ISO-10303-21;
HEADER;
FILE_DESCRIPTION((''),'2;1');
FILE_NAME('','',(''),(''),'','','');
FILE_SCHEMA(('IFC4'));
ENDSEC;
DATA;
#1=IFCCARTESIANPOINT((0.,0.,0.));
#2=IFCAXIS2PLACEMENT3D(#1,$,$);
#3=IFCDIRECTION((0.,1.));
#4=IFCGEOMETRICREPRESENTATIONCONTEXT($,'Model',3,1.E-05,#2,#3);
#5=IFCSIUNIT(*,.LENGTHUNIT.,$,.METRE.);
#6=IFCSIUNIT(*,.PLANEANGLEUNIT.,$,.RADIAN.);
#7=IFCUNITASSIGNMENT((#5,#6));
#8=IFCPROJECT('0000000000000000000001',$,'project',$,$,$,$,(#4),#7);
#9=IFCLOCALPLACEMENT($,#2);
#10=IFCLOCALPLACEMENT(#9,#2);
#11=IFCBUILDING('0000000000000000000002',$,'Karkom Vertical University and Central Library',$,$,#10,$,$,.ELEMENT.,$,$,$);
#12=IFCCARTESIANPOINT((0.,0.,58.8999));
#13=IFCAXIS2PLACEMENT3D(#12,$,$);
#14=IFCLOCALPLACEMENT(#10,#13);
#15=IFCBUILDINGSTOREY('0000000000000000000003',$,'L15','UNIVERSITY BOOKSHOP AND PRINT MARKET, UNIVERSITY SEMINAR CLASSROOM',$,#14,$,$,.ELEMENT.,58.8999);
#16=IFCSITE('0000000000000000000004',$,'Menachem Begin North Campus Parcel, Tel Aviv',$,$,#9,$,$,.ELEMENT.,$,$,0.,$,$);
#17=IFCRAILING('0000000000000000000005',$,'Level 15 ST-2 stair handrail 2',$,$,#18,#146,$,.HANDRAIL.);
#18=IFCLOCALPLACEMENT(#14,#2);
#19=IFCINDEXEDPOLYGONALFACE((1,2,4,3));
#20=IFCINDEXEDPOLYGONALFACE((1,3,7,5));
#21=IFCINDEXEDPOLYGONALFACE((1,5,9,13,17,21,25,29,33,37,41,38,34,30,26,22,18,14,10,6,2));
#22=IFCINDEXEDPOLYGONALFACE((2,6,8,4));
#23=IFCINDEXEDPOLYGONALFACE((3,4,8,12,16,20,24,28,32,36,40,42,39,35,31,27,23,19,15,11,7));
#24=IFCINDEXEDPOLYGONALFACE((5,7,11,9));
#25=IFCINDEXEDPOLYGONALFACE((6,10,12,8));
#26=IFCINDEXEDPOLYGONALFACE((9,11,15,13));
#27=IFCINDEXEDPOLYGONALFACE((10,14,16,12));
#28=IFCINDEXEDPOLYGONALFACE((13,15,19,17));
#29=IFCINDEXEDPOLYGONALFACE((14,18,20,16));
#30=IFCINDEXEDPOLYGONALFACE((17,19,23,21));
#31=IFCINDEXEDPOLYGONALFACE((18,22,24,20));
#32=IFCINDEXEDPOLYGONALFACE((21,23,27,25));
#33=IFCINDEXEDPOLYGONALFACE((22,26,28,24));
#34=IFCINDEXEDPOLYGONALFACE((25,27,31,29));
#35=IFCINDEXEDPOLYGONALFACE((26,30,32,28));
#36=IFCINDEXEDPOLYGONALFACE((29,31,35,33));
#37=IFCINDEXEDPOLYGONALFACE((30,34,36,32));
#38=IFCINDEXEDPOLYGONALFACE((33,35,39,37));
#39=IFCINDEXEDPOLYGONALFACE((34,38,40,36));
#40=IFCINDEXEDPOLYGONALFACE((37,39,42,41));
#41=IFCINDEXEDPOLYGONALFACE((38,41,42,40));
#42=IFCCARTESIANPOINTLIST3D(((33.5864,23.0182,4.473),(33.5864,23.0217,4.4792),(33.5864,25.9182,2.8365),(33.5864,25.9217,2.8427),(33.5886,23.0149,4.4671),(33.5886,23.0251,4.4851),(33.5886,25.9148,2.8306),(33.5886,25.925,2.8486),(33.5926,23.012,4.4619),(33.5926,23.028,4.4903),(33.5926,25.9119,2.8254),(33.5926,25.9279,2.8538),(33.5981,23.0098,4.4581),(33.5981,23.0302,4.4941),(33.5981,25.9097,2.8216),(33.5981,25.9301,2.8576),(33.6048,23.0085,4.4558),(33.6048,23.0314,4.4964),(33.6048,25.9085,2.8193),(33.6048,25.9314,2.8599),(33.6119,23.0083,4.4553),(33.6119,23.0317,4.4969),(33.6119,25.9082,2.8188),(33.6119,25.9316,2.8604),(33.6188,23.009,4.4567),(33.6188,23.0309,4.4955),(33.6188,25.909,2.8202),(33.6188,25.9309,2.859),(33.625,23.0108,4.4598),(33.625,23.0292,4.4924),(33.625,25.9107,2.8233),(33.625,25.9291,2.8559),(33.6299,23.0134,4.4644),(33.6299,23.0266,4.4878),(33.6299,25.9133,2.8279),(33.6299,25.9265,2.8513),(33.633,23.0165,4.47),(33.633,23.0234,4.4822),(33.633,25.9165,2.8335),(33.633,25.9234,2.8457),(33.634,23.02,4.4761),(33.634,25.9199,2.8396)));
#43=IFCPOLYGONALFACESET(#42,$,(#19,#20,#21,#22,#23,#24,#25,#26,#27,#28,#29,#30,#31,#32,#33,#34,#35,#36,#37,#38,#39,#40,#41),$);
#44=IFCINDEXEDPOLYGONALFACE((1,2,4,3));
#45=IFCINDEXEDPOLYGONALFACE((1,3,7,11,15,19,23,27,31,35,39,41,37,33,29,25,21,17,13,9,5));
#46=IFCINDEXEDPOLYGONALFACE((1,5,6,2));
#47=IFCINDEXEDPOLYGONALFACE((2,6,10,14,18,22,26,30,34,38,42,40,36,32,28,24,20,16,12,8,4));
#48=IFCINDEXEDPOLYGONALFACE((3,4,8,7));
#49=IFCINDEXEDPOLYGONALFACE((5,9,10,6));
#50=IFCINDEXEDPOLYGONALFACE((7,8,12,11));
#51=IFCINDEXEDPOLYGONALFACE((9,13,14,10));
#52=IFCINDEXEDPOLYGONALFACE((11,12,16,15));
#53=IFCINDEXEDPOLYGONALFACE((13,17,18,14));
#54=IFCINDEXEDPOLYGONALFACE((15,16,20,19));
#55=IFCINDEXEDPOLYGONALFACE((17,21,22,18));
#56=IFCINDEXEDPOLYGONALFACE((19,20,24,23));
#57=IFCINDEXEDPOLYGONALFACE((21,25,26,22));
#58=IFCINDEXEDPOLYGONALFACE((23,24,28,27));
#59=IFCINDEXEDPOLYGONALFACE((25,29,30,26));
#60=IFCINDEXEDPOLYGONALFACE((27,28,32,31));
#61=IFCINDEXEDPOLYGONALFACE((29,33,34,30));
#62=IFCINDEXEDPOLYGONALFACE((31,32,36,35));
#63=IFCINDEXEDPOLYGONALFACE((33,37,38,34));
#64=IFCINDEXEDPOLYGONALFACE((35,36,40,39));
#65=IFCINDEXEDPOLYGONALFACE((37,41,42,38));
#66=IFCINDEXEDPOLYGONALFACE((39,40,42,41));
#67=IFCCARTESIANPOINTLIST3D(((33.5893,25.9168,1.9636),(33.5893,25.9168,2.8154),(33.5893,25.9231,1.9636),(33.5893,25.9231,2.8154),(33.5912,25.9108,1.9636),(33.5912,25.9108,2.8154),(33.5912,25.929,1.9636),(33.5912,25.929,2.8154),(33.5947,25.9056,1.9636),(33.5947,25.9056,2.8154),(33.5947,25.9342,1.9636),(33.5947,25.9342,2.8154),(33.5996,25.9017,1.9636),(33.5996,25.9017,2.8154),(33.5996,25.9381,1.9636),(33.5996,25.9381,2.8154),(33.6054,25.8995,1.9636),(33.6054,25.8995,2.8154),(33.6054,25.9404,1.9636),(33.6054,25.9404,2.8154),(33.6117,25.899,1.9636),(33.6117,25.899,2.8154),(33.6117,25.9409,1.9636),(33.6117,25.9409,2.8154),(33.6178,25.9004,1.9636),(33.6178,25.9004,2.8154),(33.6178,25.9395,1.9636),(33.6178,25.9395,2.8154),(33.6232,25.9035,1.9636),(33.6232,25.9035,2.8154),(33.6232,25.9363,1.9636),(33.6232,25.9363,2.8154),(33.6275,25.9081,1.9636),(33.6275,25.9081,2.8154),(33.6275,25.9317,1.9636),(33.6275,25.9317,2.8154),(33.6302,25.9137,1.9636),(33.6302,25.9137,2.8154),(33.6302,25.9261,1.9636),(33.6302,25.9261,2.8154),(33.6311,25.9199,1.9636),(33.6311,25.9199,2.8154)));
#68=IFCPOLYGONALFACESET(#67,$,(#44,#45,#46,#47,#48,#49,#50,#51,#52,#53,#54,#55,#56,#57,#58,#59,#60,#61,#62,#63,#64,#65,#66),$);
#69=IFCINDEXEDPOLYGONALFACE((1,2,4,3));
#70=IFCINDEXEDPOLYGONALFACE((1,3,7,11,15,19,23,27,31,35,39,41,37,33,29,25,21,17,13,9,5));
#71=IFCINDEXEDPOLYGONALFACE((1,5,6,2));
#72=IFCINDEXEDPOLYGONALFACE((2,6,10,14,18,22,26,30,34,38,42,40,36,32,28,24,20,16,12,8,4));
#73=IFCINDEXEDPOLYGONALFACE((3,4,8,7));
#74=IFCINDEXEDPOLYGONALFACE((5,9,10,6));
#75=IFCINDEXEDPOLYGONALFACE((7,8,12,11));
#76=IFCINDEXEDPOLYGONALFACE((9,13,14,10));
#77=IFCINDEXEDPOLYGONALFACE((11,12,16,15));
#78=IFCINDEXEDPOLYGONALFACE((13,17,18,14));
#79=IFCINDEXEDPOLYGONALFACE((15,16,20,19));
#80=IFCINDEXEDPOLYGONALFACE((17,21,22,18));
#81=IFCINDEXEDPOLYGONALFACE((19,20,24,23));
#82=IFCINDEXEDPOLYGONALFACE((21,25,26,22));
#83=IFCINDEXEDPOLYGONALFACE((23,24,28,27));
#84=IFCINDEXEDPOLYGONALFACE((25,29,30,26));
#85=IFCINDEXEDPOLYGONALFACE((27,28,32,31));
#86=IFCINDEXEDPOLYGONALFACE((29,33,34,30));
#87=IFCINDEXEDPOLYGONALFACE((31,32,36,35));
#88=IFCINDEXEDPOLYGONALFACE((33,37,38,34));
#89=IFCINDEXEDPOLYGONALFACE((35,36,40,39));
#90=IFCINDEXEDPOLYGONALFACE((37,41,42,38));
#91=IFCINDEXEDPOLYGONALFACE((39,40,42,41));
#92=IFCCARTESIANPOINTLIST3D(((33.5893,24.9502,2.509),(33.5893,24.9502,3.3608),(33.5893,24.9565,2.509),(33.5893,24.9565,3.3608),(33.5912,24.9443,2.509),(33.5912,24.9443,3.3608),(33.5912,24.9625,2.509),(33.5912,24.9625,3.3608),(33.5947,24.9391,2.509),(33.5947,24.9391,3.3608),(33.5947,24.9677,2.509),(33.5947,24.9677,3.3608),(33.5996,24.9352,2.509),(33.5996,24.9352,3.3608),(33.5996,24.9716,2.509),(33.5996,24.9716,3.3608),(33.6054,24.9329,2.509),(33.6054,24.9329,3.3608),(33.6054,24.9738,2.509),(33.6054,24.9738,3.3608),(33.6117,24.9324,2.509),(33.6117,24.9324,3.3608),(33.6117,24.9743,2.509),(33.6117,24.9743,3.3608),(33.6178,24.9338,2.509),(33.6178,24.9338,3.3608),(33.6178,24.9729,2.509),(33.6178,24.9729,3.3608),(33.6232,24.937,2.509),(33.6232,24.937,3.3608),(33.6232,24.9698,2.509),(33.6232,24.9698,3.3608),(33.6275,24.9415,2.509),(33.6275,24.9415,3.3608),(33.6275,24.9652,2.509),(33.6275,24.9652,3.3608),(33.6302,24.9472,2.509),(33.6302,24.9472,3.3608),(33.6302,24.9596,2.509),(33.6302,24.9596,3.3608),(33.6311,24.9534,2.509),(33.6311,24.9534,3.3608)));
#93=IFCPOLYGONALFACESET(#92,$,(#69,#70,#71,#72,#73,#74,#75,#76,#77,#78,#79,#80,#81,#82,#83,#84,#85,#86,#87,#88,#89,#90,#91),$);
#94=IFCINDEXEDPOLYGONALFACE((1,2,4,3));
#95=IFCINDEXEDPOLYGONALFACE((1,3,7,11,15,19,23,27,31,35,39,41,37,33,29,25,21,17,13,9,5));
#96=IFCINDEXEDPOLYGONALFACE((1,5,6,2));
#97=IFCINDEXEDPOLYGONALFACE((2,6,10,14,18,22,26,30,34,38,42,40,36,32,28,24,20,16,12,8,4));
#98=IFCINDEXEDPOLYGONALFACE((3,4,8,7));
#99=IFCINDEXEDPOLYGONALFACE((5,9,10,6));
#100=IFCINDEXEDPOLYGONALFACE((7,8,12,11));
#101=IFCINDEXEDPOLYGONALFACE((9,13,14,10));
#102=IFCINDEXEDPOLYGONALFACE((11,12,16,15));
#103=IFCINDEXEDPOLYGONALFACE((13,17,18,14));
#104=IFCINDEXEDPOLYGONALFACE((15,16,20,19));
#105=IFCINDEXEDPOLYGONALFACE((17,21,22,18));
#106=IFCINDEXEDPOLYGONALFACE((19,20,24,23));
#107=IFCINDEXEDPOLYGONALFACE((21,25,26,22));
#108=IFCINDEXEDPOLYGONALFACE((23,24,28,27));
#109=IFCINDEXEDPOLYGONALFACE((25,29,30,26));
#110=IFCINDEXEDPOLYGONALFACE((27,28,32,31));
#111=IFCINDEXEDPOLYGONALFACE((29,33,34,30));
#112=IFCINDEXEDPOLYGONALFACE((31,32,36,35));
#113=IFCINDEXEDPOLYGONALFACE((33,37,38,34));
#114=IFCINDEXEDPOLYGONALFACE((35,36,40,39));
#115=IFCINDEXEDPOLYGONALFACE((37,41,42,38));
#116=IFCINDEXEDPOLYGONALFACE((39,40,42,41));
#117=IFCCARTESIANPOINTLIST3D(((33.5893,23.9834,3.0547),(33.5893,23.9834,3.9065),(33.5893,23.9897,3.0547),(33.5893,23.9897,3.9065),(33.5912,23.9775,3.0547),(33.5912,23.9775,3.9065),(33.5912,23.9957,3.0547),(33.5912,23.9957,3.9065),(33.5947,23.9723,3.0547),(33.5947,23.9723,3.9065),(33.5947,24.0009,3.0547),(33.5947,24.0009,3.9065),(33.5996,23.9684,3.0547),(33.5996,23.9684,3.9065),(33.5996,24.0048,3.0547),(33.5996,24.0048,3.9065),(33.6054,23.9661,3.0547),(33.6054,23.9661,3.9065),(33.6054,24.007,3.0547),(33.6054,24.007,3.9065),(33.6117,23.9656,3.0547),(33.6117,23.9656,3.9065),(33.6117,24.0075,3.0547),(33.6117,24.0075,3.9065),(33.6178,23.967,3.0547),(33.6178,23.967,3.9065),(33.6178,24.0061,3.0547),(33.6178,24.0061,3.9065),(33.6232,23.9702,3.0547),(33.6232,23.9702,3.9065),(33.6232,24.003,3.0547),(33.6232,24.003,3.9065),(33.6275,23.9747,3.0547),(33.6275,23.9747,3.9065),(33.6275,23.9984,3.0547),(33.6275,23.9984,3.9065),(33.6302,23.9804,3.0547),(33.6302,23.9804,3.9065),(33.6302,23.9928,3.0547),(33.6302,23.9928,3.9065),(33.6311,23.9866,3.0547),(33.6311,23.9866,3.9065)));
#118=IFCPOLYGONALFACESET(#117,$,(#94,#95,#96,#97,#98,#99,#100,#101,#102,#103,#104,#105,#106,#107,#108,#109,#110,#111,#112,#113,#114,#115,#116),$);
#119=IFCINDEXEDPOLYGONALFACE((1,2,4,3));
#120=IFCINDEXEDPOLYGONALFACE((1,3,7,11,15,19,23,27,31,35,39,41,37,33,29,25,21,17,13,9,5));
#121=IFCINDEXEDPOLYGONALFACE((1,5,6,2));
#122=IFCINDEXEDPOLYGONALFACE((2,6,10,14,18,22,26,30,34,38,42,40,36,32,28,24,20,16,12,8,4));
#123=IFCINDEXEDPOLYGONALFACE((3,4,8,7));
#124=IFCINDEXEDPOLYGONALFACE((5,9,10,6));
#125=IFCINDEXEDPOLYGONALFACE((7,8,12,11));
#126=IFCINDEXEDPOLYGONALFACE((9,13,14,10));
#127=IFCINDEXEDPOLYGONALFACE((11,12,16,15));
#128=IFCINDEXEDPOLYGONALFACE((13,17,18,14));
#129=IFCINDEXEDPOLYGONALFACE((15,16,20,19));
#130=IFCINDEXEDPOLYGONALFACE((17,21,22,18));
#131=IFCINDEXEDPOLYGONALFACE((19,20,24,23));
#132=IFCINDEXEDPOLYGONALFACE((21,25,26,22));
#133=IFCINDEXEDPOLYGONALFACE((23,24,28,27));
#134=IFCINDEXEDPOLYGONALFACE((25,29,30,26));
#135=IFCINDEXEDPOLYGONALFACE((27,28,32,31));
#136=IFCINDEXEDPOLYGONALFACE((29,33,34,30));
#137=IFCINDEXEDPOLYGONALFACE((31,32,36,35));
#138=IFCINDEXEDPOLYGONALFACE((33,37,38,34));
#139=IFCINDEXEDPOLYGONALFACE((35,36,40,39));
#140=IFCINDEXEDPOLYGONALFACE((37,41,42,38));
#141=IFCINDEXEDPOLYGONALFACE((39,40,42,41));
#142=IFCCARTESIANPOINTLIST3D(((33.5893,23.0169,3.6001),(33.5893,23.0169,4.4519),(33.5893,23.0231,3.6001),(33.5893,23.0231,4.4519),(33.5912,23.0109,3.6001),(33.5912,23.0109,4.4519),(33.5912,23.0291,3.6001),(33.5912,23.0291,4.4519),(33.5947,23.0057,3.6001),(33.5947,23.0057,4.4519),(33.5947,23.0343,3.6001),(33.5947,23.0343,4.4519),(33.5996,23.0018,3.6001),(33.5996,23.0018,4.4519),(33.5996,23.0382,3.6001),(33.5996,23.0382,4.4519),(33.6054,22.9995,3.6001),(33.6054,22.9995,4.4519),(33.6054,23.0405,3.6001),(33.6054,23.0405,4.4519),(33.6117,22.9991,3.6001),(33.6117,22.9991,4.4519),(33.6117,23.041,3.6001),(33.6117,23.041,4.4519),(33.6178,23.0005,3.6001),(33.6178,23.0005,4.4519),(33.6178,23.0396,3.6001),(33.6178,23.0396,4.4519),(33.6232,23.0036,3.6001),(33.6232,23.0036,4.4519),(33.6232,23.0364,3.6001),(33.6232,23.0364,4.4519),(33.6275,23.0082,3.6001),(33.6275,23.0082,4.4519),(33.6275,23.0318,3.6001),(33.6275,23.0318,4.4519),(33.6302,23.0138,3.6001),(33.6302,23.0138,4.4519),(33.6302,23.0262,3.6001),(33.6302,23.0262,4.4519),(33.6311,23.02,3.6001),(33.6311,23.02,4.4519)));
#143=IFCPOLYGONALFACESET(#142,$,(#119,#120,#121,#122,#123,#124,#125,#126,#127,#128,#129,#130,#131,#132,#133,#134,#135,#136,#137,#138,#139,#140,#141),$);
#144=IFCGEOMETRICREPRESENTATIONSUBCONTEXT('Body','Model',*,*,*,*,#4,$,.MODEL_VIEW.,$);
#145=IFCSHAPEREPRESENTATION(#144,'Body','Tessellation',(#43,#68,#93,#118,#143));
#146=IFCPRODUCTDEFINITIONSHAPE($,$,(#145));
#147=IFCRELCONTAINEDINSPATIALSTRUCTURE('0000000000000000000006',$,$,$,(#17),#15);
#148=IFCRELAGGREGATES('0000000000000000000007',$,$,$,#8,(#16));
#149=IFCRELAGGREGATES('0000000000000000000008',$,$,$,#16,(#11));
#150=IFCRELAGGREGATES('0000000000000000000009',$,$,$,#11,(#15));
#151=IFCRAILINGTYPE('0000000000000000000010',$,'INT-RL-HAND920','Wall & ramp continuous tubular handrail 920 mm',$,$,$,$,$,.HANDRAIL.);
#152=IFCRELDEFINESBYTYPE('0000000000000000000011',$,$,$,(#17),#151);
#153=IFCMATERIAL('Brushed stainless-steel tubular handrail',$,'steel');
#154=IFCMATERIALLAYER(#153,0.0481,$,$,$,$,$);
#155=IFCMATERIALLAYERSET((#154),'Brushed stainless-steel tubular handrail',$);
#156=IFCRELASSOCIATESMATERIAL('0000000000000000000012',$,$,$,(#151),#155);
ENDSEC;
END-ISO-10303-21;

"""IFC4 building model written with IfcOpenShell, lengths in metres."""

from ifc_helpers import new_model, si_unit, direction, frame, origin, origin_2d, place, context, subcontext, project, spatial, circle, extrude, material, layer, layer_set, type_object, element, save


model = new_model("IFC4")

# Units and contexts
model_context = context("Model", 3, precision=1e-05, world=origin(), true_north=direction((0.0, 1.0)))
body_context = subcontext(model_context, "Body", "Model", "MODEL_VIEW")
ifc_project = project(units=[si_unit("LENGTHUNIT", "METRE"), si_unit("PLANEANGLEUNIT", "RADIAN")], contexts=[model_context])

# Site, building, storey
site_placement = place(None, origin())
site = spatial("IfcSite", under=ifc_project, at=site_placement, Name="Menachem Begin North Campus Parcel, Tel Aviv", CompositionType="ELEMENT", RefElevation=0.0)
building_placement = place(site_placement, origin())
building = spatial("IfcBuilding", under=site, at=building_placement, Name="Karkom Vertical University and Central Library", CompositionType="ELEMENT")
storey_placement = place(building_placement, frame((0.0, 0.0, 58.8999)))
storey = spatial("IfcBuildingStorey", under=building, at=storey_placement, Name="L15", Description="UNIVERSITY BOOKSHOP AND PRINT MARKET, UNIVERSITY SEMINAR CLASSROOM", CompositionType="ELEMENT", Elevation=58.8999)

# Railing
ifc_material_1 = material(Name="Brushed stainless-steel tubular handrail", Category="steel")
ifc_layer_1 = layer(ifc_material_1, 0.0481)
ifc_layer_set_1 = layer_set([ifc_layer_1], Name="Brushed stainless-steel tubular handrail")
railing_type_1 = type_object("IfcRailingType", Name="INT-RL-HAND920", Description="Wall & ramp continuous tubular handrail 920 mm", PredefinedType="HANDRAIL", material=ifc_layer_set_1)
railing_1_placement = place(storey_placement, frame((33.6101, 25.9199, 1.9636)))
element("IfcRailing", 1, at=railing_1_placement, inside=storey, type_object=railing_type_1, Name="Level 15 ST-2 stair handrail 2", PredefinedType="HANDRAIL", context=body_context, shape_type="SweptSolid", body=[
    extrude(circle(Radius=0.0239, at=origin_2d()), frame((0.0, 0.0, 0.876), z_axis=(0.0, -0.870897, 0.491465), x_axis=(1.0, 0.0, 0.0)), (0.0, 0.0, 1.0), 3.3298),
    extrude(circle(Radius=0.021, at=origin_2d()), origin(), (0.0, 0.0, 1.0), 0.8518),
    extrude(circle(Radius=0.021, at=origin_2d()), frame((0.0, -0.9666, 0.5454)), (0.0, 0.0, 1.0), 0.8518),
    extrude(circle(Radius=0.021, at=origin_2d()), frame((0.0, -1.9333, 1.0911)), (0.0, 0.0, 1.0), 0.8518),
    extrude(circle(Radius=0.021, at=origin_2d()), frame((0.0, -2.8999, 1.6365)), (0.0, 0.0, 1.0), 0.8518),
])

save(model, "model.ifc")
